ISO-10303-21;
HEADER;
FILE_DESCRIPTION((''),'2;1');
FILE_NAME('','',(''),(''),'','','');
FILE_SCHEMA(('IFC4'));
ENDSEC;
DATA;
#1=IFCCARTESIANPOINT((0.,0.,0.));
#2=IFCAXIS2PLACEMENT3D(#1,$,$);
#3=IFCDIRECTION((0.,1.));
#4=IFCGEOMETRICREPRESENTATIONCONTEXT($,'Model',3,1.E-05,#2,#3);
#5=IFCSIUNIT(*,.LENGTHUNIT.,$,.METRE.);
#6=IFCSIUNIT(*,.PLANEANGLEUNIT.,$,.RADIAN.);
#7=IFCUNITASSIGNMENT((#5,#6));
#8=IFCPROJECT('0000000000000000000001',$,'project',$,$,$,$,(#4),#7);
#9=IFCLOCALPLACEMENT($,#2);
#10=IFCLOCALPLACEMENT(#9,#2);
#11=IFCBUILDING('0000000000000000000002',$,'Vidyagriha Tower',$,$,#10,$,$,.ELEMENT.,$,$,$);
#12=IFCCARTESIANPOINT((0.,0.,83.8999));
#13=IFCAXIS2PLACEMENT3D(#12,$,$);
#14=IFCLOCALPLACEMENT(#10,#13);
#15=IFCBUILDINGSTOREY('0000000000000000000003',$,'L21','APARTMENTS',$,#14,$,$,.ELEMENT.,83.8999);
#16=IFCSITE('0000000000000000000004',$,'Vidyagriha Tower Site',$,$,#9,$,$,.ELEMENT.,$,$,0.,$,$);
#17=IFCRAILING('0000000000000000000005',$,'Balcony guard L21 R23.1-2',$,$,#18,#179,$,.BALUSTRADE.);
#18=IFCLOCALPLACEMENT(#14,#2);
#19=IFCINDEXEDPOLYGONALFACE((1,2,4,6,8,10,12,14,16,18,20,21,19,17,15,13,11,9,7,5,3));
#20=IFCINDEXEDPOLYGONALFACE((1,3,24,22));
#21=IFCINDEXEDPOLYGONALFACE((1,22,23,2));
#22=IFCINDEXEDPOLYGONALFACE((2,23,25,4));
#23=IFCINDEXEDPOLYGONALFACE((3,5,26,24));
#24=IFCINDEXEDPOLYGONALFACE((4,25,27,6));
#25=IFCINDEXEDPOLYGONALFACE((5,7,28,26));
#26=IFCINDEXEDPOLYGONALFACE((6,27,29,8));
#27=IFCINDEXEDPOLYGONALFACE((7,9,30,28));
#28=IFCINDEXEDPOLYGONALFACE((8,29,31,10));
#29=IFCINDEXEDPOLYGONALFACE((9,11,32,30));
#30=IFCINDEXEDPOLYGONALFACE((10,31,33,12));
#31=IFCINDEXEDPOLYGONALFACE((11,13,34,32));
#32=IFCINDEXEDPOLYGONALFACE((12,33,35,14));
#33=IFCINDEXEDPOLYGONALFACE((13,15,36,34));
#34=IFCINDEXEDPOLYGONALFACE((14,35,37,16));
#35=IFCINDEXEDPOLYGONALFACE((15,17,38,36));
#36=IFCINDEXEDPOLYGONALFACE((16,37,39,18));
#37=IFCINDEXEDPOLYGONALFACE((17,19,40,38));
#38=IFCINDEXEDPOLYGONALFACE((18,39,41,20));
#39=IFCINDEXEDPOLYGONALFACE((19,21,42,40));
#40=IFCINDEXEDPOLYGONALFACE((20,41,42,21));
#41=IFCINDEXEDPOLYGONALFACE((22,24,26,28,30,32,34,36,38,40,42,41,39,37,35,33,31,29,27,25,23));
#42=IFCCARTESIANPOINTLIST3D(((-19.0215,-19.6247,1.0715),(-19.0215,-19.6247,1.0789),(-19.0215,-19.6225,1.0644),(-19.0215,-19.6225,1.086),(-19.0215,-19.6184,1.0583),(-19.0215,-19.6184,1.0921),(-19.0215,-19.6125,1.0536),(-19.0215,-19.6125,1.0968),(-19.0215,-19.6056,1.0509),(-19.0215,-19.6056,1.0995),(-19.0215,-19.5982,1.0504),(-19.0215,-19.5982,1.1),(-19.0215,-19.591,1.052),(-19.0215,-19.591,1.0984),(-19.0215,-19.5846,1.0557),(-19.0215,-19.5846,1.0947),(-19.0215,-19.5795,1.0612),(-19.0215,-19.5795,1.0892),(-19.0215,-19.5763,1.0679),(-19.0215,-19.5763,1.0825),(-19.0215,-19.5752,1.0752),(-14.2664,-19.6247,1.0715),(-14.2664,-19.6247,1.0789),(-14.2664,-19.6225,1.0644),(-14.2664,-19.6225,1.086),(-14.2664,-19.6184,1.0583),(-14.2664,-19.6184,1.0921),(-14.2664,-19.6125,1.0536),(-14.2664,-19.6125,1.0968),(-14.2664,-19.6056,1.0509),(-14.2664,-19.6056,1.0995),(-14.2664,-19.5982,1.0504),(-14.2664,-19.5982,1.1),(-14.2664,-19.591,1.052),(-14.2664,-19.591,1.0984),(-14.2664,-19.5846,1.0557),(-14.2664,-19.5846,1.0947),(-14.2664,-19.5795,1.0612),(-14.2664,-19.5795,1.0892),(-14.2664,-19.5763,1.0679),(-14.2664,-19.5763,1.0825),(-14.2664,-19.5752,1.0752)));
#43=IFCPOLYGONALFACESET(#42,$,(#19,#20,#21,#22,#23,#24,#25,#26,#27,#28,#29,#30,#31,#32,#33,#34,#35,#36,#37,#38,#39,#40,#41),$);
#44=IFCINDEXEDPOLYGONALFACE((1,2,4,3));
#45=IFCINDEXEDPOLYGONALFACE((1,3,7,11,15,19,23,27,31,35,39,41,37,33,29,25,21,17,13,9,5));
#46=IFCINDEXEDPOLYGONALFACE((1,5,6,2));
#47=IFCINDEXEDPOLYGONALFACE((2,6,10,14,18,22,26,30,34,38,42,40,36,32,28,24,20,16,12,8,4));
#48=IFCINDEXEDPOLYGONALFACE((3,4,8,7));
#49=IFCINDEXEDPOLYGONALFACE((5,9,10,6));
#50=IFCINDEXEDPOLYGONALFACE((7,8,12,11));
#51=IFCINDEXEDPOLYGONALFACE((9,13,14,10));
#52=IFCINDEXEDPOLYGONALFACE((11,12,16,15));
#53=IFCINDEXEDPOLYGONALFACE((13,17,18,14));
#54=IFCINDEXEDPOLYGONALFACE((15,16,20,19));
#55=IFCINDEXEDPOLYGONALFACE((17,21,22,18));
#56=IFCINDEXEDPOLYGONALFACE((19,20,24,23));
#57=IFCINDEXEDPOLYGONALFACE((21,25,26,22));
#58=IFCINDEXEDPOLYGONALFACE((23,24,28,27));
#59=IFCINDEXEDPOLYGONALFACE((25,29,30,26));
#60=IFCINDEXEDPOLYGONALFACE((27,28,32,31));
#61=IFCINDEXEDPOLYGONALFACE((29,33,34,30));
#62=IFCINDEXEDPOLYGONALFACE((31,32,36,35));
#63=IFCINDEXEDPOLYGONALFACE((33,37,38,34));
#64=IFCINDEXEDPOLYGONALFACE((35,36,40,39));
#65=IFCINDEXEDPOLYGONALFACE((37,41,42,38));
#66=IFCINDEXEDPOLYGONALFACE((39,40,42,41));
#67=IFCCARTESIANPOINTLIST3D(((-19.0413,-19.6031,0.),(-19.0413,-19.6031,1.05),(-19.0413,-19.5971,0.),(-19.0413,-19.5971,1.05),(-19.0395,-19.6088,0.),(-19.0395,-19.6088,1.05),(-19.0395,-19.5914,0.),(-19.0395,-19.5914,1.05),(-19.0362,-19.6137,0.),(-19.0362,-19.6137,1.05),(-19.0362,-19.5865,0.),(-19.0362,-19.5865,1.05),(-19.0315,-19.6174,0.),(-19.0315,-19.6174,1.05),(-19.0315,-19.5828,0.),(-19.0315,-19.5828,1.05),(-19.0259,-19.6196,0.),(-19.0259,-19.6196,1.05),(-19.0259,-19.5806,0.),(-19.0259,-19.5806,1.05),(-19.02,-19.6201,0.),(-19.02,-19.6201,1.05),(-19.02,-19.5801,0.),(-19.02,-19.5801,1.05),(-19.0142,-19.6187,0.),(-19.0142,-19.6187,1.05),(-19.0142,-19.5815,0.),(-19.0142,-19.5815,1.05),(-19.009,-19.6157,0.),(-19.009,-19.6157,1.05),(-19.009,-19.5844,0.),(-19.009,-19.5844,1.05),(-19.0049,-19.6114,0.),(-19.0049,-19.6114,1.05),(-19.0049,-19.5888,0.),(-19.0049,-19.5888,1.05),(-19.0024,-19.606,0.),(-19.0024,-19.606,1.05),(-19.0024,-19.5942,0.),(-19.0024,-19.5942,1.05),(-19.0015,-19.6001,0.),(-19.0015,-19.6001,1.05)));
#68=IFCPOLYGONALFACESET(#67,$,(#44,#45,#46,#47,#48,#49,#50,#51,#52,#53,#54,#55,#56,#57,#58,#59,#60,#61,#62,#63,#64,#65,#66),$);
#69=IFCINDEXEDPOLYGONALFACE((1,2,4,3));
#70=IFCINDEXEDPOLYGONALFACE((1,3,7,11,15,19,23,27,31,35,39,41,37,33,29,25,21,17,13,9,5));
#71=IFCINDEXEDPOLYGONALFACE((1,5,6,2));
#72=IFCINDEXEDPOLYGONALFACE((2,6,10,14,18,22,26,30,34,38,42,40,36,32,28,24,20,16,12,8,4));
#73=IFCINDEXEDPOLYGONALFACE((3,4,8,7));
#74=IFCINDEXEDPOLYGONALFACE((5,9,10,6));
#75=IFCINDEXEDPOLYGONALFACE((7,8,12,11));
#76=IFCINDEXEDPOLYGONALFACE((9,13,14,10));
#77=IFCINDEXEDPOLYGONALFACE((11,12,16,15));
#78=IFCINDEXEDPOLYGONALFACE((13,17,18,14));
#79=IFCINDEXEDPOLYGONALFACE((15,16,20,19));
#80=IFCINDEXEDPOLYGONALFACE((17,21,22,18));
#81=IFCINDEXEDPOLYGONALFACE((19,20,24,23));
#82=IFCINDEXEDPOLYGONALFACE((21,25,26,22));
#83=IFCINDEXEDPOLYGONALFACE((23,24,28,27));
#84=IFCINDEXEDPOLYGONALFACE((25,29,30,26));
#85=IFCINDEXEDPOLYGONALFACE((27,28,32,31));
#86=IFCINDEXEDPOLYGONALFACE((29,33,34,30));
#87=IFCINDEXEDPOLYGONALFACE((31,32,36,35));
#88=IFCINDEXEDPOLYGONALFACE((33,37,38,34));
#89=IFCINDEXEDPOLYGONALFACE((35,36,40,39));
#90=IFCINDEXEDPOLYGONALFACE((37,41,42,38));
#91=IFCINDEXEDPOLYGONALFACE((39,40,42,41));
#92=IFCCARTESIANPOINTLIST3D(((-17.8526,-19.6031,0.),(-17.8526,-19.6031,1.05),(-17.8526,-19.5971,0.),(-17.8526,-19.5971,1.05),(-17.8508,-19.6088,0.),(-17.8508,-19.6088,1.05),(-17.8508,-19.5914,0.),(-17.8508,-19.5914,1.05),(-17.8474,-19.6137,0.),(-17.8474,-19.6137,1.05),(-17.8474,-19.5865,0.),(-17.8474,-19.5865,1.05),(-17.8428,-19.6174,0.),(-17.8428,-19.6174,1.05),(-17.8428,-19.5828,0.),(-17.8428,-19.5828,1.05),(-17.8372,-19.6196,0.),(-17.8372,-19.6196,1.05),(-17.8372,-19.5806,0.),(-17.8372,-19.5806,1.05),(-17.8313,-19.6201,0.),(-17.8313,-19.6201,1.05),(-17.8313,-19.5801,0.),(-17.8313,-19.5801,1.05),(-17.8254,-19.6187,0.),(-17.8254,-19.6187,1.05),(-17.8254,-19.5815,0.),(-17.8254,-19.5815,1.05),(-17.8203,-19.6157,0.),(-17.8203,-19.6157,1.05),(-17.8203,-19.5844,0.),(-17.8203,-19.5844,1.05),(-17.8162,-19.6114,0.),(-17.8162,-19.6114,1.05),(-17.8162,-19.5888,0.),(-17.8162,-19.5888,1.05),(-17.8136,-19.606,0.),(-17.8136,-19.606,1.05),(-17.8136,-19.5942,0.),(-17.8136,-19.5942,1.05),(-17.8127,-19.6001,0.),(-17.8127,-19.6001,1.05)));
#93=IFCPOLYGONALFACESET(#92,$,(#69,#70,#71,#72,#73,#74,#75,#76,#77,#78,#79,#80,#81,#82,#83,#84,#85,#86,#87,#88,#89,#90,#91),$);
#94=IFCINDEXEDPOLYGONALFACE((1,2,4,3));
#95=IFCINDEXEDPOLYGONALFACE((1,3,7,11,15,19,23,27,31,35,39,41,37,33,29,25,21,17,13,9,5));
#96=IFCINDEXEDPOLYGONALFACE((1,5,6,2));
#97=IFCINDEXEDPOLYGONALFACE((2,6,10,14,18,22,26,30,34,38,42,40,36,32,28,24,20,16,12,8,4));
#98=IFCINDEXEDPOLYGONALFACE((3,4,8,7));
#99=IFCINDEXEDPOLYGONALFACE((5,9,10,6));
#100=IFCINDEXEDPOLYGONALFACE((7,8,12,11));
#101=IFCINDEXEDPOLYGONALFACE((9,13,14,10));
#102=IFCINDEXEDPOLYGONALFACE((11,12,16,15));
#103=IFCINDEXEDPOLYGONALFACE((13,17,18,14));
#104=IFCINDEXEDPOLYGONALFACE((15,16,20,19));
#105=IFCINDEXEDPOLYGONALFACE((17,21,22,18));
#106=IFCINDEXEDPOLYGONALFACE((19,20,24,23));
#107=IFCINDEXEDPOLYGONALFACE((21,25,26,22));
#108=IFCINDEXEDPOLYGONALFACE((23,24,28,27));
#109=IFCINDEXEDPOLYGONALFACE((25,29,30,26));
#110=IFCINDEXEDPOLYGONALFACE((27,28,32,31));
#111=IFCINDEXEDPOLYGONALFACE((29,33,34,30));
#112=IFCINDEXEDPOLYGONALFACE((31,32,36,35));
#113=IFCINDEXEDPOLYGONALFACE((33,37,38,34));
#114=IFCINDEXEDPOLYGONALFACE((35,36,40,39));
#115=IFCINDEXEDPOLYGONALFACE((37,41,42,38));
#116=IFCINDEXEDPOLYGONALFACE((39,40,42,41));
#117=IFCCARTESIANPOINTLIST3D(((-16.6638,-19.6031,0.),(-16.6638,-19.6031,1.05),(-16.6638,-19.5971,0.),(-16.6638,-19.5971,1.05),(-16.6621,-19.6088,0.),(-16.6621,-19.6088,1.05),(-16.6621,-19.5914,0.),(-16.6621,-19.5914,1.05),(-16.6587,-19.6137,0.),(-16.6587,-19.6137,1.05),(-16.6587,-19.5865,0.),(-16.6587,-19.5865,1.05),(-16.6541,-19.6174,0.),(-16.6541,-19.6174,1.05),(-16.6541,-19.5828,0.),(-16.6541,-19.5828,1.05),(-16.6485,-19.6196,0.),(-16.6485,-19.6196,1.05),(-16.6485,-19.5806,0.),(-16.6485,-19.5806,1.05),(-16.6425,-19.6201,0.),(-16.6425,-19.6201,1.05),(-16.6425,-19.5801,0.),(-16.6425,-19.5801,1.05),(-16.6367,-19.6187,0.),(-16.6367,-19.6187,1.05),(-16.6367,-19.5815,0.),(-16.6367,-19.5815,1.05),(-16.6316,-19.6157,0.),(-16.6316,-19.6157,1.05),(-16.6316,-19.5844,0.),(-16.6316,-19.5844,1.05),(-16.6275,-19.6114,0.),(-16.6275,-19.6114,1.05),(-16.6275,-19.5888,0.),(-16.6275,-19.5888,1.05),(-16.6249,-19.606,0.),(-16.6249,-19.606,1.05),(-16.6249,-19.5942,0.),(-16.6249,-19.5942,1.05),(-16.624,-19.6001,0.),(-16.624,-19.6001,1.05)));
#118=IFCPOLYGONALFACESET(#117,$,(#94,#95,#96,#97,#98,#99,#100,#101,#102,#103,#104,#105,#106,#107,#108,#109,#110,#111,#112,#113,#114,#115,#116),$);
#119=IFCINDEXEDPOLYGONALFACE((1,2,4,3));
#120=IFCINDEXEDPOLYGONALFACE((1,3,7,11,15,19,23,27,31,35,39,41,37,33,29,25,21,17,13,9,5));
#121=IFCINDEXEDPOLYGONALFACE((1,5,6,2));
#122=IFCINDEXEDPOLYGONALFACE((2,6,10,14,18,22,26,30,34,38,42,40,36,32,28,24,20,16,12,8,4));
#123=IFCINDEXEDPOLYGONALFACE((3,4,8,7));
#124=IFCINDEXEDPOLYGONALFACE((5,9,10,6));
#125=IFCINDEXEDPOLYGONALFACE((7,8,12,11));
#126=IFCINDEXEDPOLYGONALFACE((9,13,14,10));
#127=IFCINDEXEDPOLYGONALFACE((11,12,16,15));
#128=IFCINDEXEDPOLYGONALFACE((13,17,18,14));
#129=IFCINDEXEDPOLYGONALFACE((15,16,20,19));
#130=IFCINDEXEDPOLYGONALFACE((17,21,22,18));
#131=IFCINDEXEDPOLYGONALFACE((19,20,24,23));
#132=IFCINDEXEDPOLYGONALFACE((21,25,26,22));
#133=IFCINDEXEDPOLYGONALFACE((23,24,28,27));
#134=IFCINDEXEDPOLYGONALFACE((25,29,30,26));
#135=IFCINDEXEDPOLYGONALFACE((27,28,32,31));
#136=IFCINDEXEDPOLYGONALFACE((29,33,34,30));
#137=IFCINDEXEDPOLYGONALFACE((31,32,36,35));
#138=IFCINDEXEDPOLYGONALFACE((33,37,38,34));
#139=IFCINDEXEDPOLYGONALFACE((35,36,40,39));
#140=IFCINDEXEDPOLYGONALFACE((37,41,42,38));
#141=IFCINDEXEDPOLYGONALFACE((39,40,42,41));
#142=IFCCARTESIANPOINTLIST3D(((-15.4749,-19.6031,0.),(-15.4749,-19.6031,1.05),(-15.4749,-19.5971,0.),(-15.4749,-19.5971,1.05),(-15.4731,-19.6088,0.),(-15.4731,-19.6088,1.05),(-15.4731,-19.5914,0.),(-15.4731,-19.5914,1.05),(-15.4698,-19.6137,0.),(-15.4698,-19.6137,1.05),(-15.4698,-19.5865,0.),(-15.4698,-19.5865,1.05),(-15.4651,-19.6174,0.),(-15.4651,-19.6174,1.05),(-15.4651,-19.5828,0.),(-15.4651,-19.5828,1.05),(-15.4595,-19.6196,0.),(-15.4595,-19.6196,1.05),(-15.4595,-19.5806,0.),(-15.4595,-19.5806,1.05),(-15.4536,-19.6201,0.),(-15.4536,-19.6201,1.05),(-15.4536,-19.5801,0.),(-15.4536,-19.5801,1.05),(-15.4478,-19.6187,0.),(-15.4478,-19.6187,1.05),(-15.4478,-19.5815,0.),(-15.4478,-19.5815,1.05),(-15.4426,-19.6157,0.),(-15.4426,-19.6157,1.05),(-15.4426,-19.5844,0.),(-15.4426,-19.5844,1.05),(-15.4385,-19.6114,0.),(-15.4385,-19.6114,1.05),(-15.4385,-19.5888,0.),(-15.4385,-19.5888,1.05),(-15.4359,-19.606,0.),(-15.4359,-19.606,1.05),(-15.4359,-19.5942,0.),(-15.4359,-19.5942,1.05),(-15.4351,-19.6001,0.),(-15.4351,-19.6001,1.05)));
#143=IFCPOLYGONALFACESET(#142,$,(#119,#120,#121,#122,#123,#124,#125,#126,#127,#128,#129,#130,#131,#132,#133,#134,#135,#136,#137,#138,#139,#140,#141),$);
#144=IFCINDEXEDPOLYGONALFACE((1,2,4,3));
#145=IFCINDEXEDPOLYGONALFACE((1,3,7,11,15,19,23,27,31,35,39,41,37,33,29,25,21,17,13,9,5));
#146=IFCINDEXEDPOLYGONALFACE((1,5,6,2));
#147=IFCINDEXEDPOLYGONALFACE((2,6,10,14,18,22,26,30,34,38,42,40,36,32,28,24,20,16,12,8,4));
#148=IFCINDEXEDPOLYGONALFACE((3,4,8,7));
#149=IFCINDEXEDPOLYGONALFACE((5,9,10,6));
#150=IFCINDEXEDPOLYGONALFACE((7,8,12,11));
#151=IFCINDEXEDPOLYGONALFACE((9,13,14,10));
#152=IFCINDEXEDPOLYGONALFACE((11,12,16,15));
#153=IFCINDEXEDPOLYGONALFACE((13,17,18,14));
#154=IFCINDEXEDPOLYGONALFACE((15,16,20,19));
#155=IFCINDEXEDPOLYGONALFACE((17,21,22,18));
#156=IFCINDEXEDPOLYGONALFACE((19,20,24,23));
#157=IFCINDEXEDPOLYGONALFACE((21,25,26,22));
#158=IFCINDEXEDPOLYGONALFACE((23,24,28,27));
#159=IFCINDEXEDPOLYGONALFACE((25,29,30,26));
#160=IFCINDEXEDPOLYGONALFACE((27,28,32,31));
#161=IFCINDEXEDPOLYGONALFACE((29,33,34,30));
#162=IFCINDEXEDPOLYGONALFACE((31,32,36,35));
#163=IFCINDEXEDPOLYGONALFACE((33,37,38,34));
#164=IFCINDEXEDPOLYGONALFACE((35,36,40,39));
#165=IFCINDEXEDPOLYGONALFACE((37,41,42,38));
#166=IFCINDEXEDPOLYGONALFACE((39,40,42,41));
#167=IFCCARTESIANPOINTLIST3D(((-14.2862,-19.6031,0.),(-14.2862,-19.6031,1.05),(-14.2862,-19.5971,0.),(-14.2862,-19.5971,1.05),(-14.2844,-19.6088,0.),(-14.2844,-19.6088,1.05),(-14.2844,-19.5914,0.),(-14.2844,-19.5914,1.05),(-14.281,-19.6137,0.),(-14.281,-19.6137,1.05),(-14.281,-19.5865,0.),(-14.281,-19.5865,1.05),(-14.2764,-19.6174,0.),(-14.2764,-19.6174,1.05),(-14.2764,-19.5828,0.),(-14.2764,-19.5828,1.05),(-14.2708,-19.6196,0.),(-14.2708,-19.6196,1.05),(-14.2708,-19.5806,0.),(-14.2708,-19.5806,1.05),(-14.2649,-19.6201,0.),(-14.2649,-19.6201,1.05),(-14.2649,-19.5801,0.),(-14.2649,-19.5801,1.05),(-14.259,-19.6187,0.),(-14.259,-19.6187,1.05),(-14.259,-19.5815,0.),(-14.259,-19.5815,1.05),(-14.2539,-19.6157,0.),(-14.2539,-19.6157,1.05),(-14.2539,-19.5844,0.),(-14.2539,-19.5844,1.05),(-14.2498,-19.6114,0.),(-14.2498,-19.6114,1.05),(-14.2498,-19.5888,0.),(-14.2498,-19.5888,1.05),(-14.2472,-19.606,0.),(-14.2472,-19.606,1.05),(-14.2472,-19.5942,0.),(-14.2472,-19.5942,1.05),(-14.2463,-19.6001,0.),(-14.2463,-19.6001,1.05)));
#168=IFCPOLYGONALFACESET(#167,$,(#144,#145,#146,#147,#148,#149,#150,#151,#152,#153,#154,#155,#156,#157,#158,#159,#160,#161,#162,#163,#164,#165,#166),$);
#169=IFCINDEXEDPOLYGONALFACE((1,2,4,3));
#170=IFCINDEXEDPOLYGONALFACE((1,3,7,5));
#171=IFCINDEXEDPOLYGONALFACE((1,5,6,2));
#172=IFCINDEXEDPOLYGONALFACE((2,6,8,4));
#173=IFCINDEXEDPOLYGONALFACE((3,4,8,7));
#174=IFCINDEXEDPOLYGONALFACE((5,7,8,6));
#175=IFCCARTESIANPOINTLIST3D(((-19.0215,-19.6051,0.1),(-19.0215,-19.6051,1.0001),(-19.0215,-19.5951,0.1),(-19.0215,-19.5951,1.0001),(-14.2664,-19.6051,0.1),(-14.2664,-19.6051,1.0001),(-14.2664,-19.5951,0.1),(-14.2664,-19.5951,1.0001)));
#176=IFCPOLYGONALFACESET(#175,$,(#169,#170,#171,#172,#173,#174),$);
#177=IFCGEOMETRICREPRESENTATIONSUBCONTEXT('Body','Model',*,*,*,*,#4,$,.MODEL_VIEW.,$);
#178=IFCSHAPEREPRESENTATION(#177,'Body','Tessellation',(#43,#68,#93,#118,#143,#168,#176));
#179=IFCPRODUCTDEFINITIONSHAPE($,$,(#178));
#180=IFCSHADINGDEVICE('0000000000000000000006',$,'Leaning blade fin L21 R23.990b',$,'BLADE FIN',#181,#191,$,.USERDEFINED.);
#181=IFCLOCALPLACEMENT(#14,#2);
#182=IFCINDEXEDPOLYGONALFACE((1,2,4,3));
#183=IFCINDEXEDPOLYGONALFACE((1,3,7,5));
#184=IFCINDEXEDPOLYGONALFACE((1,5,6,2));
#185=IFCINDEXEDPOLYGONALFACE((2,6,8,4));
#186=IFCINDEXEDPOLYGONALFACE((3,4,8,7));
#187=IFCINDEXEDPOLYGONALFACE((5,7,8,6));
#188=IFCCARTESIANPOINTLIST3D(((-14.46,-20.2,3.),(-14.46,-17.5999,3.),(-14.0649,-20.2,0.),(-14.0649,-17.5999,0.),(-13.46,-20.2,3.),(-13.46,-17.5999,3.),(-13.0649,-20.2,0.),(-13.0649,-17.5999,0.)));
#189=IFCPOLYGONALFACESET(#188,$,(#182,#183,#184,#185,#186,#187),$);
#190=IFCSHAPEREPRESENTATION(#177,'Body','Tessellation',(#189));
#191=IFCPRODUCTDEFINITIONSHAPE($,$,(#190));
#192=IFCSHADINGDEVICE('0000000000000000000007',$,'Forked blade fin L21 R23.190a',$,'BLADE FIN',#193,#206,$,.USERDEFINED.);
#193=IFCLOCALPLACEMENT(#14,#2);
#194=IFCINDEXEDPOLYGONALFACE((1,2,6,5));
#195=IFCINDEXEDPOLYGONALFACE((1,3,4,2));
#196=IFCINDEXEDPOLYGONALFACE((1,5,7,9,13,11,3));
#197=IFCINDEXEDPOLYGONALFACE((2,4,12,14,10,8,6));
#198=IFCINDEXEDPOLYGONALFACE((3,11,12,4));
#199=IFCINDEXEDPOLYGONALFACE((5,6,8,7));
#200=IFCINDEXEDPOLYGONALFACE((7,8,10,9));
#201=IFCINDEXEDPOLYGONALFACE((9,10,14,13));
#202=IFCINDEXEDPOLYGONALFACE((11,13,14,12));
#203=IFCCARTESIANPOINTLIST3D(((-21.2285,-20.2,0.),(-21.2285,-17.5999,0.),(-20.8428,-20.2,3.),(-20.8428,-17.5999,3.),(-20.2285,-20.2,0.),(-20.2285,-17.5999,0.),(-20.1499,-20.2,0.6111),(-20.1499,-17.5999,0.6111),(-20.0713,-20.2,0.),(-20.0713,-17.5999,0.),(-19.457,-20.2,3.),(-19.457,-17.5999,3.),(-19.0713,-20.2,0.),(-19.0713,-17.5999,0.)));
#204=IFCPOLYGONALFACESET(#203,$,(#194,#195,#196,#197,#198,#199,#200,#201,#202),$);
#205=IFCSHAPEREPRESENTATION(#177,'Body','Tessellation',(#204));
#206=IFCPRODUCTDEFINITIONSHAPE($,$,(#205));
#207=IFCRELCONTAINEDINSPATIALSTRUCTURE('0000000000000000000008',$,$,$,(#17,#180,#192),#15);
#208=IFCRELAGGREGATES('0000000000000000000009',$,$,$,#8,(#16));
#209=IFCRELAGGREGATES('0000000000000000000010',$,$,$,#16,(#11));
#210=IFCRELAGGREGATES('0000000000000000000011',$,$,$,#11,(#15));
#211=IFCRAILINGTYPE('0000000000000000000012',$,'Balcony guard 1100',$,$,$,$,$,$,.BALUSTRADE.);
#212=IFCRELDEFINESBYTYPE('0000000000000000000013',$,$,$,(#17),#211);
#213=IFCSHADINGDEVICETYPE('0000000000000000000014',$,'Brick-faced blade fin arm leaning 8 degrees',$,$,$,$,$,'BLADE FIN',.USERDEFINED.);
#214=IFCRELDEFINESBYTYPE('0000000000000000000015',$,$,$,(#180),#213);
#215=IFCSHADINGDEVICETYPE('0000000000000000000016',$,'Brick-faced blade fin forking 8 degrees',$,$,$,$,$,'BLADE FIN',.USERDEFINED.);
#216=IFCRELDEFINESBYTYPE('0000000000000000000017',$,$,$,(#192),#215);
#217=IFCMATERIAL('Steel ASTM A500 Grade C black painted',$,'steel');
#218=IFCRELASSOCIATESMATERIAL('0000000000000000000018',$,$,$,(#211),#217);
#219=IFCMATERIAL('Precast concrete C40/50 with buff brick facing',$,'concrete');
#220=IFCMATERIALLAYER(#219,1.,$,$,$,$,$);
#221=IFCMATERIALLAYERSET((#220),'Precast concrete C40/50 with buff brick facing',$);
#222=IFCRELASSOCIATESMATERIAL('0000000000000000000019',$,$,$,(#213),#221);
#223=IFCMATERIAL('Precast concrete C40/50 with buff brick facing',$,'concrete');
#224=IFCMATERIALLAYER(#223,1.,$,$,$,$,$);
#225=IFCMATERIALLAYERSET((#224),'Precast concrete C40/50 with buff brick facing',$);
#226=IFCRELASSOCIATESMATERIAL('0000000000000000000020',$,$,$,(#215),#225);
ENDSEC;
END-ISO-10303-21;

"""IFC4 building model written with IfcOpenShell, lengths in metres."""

from ifc_helpers import new_model, si_unit, direction, frame, origin, origin_2d, place, context, subcontext, project, spatial, polyline, rectangle, circle, outline, extrude, material, layer, layer_set, type_object, element, save


model = new_model("IFC4")

# Units and contexts
model_context = context("Model", 3, precision=1e-05, world=origin(), true_north=direction((0.0, 1.0)))
body_context = subcontext(model_context, "Body", "Model", "MODEL_VIEW")
ifc_project = project(units=[si_unit("LENGTHUNIT", "METRE"), si_unit("PLANEANGLEUNIT", "RADIAN")], contexts=[model_context])

# Site, building, storey
site_placement = place(None, origin())
site = spatial("IfcSite", under=ifc_project, at=site_placement, Name="Vidyagriha Tower Site", CompositionType="ELEMENT", RefElevation=0.0)
building_placement = place(site_placement, origin())
building = spatial("IfcBuilding", under=site, at=building_placement, Name="Vidyagriha Tower", CompositionType="ELEMENT")
storey_placement = place(building_placement, frame((0.0, 0.0, 83.8999)))
storey = spatial("IfcBuildingStorey", under=building, at=storey_placement, Name="L21", Description="APARTMENTS", CompositionType="ELEMENT", Elevation=83.8999)

# Railing
ifc_material_1 = material(Name="Steel ASTM A500 Grade C black painted", Category="steel")
railing_type_1 = type_object("IfcRailingType", Name="Balcony guard 1100", PredefinedType="BALUSTRADE", material=ifc_material_1)
railing_1_placement = place(storey_placement, frame((-19.0215, -19.6001, 0.0)))
element("IfcRailing", 1, at=railing_1_placement, inside=storey, type_object=railing_type_1, Name="Balcony guard L21 R23.1-2", PredefinedType="BALUSTRADE", context=body_context, shape_type="SweptSolid", body=[
    extrude(circle(Radius=0.0249, at=origin_2d()), frame((0.0, 0.0, 1.0752), z_axis=(1.0, 0.0, 0.0), x_axis=(0.0, 1.0, 0.0)), (0.0, 0.0, 1.0), 4.7551),
    extrude(circle(Radius=0.02, at=origin_2d()), origin(), (0.0, 0.0, 1.0), 1.05),
    extrude(circle(Radius=0.02, at=origin_2d()), frame((1.1887, 0.0, 0.0)), (0.0, 0.0, 1.0), 1.05),
    extrude(circle(Radius=0.02, at=origin_2d()), frame((2.3774, 0.0, 0.0)), (0.0, 0.0, 1.0), 1.05),
    extrude(circle(Radius=0.02, at=origin_2d()), frame((3.5664, 0.0, 0.0)), (0.0, 0.0, 1.0), 1.05),
    extrude(circle(Radius=0.02, at=origin_2d()), frame((4.7551, 0.0, 0.0)), (0.0, 0.0, 1.0), 1.05),
    extrude(rectangle(XDim=0.01, YDim=0.9001, at=origin_2d()), frame((0.0, 0.0, 0.55), z_axis=(1.0, 0.0, 0.0), x_axis=(0.0, 1.0, 0.0)), (0.0, 0.0, 1.0), 4.7551),
])

# Shading devices
ifc_material_2 = material(Name="Precast concrete C40/50 with buff brick facing", Category="concrete")
ifc_layer_1 = layer(ifc_material_2, 1.0)
ifc_layer_set_1 = layer_set([ifc_layer_1], Name="Precast concrete C40/50 with buff brick facing")
shading_device_type_1 = type_object("IfcShadingDeviceType", Name="Brick-faced blade fin arm leaning 8 degrees", ElementType="BLADE FIN", PredefinedType="USERDEFINED", material=ifc_layer_set_1)
shading_device_1_placement = place(storey_placement, frame((-14.46, -18.8999, 0.0)))
element("IfcShadingDevice", 2, at=shading_device_1_placement, inside=storey, type_object=shading_device_type_1, Name="Leaning blade fin L21 R23.990b", ObjectType="BLADE FIN", PredefinedType="USERDEFINED", context=body_context, shape_type="SweptSolid", body=[
    extrude(outline(polyline([(0.395, 0.0), (1.395, 0.0), (1.0, 3.0), (0.0, 3.0), (0.395, 0.0)])), frame((0.0, 1.3, 0.0), z_axis=(0.0, -1.0, 0.0), x_axis=(1.0, 0.0, 0.0)), (0.0, 0.0, 1.0), 2.6001),
])
ifc_material_3 = material(Name="Precast concrete C40/50 with buff brick facing", Category="concrete")
ifc_layer_2 = layer(ifc_material_3, 1.0)
ifc_layer_set_2 = layer_set([ifc_layer_2], Name="Precast concrete C40/50 with buff brick facing")
shading_device_type_2 = type_object("IfcShadingDeviceType", Name="Brick-faced blade fin forking 8 degrees", ElementType="BLADE FIN", PredefinedType="USERDEFINED", material=ifc_layer_set_2)
shading_device_2_placement = place(storey_placement, frame((-21.2285, -18.8999, 0.0)))
element("IfcShadingDevice", 3, at=shading_device_2_placement, inside=storey, type_object=shading_device_type_2, Name="Forked blade fin L21 R23.190a", ObjectType="BLADE FIN", PredefinedType="USERDEFINED", context=body_context, shape_type="SweptSolid", body=[
    extrude(outline(polyline([(1.0, 0.0), (1.0786, 0.6111), (1.1572, 0.0), (2.1572, 0.0), (1.7715, 3.0), (0.3857, 3.0), (0.0, 0.0), (1.0, 0.0)])), frame((0.0, 1.3, 0.0), z_axis=(0.0, -1.0, 0.0), x_axis=(1.0, 0.0, 0.0)), (0.0, 0.0, 1.0), 2.6001),
])

save(model, "model.ifc")
